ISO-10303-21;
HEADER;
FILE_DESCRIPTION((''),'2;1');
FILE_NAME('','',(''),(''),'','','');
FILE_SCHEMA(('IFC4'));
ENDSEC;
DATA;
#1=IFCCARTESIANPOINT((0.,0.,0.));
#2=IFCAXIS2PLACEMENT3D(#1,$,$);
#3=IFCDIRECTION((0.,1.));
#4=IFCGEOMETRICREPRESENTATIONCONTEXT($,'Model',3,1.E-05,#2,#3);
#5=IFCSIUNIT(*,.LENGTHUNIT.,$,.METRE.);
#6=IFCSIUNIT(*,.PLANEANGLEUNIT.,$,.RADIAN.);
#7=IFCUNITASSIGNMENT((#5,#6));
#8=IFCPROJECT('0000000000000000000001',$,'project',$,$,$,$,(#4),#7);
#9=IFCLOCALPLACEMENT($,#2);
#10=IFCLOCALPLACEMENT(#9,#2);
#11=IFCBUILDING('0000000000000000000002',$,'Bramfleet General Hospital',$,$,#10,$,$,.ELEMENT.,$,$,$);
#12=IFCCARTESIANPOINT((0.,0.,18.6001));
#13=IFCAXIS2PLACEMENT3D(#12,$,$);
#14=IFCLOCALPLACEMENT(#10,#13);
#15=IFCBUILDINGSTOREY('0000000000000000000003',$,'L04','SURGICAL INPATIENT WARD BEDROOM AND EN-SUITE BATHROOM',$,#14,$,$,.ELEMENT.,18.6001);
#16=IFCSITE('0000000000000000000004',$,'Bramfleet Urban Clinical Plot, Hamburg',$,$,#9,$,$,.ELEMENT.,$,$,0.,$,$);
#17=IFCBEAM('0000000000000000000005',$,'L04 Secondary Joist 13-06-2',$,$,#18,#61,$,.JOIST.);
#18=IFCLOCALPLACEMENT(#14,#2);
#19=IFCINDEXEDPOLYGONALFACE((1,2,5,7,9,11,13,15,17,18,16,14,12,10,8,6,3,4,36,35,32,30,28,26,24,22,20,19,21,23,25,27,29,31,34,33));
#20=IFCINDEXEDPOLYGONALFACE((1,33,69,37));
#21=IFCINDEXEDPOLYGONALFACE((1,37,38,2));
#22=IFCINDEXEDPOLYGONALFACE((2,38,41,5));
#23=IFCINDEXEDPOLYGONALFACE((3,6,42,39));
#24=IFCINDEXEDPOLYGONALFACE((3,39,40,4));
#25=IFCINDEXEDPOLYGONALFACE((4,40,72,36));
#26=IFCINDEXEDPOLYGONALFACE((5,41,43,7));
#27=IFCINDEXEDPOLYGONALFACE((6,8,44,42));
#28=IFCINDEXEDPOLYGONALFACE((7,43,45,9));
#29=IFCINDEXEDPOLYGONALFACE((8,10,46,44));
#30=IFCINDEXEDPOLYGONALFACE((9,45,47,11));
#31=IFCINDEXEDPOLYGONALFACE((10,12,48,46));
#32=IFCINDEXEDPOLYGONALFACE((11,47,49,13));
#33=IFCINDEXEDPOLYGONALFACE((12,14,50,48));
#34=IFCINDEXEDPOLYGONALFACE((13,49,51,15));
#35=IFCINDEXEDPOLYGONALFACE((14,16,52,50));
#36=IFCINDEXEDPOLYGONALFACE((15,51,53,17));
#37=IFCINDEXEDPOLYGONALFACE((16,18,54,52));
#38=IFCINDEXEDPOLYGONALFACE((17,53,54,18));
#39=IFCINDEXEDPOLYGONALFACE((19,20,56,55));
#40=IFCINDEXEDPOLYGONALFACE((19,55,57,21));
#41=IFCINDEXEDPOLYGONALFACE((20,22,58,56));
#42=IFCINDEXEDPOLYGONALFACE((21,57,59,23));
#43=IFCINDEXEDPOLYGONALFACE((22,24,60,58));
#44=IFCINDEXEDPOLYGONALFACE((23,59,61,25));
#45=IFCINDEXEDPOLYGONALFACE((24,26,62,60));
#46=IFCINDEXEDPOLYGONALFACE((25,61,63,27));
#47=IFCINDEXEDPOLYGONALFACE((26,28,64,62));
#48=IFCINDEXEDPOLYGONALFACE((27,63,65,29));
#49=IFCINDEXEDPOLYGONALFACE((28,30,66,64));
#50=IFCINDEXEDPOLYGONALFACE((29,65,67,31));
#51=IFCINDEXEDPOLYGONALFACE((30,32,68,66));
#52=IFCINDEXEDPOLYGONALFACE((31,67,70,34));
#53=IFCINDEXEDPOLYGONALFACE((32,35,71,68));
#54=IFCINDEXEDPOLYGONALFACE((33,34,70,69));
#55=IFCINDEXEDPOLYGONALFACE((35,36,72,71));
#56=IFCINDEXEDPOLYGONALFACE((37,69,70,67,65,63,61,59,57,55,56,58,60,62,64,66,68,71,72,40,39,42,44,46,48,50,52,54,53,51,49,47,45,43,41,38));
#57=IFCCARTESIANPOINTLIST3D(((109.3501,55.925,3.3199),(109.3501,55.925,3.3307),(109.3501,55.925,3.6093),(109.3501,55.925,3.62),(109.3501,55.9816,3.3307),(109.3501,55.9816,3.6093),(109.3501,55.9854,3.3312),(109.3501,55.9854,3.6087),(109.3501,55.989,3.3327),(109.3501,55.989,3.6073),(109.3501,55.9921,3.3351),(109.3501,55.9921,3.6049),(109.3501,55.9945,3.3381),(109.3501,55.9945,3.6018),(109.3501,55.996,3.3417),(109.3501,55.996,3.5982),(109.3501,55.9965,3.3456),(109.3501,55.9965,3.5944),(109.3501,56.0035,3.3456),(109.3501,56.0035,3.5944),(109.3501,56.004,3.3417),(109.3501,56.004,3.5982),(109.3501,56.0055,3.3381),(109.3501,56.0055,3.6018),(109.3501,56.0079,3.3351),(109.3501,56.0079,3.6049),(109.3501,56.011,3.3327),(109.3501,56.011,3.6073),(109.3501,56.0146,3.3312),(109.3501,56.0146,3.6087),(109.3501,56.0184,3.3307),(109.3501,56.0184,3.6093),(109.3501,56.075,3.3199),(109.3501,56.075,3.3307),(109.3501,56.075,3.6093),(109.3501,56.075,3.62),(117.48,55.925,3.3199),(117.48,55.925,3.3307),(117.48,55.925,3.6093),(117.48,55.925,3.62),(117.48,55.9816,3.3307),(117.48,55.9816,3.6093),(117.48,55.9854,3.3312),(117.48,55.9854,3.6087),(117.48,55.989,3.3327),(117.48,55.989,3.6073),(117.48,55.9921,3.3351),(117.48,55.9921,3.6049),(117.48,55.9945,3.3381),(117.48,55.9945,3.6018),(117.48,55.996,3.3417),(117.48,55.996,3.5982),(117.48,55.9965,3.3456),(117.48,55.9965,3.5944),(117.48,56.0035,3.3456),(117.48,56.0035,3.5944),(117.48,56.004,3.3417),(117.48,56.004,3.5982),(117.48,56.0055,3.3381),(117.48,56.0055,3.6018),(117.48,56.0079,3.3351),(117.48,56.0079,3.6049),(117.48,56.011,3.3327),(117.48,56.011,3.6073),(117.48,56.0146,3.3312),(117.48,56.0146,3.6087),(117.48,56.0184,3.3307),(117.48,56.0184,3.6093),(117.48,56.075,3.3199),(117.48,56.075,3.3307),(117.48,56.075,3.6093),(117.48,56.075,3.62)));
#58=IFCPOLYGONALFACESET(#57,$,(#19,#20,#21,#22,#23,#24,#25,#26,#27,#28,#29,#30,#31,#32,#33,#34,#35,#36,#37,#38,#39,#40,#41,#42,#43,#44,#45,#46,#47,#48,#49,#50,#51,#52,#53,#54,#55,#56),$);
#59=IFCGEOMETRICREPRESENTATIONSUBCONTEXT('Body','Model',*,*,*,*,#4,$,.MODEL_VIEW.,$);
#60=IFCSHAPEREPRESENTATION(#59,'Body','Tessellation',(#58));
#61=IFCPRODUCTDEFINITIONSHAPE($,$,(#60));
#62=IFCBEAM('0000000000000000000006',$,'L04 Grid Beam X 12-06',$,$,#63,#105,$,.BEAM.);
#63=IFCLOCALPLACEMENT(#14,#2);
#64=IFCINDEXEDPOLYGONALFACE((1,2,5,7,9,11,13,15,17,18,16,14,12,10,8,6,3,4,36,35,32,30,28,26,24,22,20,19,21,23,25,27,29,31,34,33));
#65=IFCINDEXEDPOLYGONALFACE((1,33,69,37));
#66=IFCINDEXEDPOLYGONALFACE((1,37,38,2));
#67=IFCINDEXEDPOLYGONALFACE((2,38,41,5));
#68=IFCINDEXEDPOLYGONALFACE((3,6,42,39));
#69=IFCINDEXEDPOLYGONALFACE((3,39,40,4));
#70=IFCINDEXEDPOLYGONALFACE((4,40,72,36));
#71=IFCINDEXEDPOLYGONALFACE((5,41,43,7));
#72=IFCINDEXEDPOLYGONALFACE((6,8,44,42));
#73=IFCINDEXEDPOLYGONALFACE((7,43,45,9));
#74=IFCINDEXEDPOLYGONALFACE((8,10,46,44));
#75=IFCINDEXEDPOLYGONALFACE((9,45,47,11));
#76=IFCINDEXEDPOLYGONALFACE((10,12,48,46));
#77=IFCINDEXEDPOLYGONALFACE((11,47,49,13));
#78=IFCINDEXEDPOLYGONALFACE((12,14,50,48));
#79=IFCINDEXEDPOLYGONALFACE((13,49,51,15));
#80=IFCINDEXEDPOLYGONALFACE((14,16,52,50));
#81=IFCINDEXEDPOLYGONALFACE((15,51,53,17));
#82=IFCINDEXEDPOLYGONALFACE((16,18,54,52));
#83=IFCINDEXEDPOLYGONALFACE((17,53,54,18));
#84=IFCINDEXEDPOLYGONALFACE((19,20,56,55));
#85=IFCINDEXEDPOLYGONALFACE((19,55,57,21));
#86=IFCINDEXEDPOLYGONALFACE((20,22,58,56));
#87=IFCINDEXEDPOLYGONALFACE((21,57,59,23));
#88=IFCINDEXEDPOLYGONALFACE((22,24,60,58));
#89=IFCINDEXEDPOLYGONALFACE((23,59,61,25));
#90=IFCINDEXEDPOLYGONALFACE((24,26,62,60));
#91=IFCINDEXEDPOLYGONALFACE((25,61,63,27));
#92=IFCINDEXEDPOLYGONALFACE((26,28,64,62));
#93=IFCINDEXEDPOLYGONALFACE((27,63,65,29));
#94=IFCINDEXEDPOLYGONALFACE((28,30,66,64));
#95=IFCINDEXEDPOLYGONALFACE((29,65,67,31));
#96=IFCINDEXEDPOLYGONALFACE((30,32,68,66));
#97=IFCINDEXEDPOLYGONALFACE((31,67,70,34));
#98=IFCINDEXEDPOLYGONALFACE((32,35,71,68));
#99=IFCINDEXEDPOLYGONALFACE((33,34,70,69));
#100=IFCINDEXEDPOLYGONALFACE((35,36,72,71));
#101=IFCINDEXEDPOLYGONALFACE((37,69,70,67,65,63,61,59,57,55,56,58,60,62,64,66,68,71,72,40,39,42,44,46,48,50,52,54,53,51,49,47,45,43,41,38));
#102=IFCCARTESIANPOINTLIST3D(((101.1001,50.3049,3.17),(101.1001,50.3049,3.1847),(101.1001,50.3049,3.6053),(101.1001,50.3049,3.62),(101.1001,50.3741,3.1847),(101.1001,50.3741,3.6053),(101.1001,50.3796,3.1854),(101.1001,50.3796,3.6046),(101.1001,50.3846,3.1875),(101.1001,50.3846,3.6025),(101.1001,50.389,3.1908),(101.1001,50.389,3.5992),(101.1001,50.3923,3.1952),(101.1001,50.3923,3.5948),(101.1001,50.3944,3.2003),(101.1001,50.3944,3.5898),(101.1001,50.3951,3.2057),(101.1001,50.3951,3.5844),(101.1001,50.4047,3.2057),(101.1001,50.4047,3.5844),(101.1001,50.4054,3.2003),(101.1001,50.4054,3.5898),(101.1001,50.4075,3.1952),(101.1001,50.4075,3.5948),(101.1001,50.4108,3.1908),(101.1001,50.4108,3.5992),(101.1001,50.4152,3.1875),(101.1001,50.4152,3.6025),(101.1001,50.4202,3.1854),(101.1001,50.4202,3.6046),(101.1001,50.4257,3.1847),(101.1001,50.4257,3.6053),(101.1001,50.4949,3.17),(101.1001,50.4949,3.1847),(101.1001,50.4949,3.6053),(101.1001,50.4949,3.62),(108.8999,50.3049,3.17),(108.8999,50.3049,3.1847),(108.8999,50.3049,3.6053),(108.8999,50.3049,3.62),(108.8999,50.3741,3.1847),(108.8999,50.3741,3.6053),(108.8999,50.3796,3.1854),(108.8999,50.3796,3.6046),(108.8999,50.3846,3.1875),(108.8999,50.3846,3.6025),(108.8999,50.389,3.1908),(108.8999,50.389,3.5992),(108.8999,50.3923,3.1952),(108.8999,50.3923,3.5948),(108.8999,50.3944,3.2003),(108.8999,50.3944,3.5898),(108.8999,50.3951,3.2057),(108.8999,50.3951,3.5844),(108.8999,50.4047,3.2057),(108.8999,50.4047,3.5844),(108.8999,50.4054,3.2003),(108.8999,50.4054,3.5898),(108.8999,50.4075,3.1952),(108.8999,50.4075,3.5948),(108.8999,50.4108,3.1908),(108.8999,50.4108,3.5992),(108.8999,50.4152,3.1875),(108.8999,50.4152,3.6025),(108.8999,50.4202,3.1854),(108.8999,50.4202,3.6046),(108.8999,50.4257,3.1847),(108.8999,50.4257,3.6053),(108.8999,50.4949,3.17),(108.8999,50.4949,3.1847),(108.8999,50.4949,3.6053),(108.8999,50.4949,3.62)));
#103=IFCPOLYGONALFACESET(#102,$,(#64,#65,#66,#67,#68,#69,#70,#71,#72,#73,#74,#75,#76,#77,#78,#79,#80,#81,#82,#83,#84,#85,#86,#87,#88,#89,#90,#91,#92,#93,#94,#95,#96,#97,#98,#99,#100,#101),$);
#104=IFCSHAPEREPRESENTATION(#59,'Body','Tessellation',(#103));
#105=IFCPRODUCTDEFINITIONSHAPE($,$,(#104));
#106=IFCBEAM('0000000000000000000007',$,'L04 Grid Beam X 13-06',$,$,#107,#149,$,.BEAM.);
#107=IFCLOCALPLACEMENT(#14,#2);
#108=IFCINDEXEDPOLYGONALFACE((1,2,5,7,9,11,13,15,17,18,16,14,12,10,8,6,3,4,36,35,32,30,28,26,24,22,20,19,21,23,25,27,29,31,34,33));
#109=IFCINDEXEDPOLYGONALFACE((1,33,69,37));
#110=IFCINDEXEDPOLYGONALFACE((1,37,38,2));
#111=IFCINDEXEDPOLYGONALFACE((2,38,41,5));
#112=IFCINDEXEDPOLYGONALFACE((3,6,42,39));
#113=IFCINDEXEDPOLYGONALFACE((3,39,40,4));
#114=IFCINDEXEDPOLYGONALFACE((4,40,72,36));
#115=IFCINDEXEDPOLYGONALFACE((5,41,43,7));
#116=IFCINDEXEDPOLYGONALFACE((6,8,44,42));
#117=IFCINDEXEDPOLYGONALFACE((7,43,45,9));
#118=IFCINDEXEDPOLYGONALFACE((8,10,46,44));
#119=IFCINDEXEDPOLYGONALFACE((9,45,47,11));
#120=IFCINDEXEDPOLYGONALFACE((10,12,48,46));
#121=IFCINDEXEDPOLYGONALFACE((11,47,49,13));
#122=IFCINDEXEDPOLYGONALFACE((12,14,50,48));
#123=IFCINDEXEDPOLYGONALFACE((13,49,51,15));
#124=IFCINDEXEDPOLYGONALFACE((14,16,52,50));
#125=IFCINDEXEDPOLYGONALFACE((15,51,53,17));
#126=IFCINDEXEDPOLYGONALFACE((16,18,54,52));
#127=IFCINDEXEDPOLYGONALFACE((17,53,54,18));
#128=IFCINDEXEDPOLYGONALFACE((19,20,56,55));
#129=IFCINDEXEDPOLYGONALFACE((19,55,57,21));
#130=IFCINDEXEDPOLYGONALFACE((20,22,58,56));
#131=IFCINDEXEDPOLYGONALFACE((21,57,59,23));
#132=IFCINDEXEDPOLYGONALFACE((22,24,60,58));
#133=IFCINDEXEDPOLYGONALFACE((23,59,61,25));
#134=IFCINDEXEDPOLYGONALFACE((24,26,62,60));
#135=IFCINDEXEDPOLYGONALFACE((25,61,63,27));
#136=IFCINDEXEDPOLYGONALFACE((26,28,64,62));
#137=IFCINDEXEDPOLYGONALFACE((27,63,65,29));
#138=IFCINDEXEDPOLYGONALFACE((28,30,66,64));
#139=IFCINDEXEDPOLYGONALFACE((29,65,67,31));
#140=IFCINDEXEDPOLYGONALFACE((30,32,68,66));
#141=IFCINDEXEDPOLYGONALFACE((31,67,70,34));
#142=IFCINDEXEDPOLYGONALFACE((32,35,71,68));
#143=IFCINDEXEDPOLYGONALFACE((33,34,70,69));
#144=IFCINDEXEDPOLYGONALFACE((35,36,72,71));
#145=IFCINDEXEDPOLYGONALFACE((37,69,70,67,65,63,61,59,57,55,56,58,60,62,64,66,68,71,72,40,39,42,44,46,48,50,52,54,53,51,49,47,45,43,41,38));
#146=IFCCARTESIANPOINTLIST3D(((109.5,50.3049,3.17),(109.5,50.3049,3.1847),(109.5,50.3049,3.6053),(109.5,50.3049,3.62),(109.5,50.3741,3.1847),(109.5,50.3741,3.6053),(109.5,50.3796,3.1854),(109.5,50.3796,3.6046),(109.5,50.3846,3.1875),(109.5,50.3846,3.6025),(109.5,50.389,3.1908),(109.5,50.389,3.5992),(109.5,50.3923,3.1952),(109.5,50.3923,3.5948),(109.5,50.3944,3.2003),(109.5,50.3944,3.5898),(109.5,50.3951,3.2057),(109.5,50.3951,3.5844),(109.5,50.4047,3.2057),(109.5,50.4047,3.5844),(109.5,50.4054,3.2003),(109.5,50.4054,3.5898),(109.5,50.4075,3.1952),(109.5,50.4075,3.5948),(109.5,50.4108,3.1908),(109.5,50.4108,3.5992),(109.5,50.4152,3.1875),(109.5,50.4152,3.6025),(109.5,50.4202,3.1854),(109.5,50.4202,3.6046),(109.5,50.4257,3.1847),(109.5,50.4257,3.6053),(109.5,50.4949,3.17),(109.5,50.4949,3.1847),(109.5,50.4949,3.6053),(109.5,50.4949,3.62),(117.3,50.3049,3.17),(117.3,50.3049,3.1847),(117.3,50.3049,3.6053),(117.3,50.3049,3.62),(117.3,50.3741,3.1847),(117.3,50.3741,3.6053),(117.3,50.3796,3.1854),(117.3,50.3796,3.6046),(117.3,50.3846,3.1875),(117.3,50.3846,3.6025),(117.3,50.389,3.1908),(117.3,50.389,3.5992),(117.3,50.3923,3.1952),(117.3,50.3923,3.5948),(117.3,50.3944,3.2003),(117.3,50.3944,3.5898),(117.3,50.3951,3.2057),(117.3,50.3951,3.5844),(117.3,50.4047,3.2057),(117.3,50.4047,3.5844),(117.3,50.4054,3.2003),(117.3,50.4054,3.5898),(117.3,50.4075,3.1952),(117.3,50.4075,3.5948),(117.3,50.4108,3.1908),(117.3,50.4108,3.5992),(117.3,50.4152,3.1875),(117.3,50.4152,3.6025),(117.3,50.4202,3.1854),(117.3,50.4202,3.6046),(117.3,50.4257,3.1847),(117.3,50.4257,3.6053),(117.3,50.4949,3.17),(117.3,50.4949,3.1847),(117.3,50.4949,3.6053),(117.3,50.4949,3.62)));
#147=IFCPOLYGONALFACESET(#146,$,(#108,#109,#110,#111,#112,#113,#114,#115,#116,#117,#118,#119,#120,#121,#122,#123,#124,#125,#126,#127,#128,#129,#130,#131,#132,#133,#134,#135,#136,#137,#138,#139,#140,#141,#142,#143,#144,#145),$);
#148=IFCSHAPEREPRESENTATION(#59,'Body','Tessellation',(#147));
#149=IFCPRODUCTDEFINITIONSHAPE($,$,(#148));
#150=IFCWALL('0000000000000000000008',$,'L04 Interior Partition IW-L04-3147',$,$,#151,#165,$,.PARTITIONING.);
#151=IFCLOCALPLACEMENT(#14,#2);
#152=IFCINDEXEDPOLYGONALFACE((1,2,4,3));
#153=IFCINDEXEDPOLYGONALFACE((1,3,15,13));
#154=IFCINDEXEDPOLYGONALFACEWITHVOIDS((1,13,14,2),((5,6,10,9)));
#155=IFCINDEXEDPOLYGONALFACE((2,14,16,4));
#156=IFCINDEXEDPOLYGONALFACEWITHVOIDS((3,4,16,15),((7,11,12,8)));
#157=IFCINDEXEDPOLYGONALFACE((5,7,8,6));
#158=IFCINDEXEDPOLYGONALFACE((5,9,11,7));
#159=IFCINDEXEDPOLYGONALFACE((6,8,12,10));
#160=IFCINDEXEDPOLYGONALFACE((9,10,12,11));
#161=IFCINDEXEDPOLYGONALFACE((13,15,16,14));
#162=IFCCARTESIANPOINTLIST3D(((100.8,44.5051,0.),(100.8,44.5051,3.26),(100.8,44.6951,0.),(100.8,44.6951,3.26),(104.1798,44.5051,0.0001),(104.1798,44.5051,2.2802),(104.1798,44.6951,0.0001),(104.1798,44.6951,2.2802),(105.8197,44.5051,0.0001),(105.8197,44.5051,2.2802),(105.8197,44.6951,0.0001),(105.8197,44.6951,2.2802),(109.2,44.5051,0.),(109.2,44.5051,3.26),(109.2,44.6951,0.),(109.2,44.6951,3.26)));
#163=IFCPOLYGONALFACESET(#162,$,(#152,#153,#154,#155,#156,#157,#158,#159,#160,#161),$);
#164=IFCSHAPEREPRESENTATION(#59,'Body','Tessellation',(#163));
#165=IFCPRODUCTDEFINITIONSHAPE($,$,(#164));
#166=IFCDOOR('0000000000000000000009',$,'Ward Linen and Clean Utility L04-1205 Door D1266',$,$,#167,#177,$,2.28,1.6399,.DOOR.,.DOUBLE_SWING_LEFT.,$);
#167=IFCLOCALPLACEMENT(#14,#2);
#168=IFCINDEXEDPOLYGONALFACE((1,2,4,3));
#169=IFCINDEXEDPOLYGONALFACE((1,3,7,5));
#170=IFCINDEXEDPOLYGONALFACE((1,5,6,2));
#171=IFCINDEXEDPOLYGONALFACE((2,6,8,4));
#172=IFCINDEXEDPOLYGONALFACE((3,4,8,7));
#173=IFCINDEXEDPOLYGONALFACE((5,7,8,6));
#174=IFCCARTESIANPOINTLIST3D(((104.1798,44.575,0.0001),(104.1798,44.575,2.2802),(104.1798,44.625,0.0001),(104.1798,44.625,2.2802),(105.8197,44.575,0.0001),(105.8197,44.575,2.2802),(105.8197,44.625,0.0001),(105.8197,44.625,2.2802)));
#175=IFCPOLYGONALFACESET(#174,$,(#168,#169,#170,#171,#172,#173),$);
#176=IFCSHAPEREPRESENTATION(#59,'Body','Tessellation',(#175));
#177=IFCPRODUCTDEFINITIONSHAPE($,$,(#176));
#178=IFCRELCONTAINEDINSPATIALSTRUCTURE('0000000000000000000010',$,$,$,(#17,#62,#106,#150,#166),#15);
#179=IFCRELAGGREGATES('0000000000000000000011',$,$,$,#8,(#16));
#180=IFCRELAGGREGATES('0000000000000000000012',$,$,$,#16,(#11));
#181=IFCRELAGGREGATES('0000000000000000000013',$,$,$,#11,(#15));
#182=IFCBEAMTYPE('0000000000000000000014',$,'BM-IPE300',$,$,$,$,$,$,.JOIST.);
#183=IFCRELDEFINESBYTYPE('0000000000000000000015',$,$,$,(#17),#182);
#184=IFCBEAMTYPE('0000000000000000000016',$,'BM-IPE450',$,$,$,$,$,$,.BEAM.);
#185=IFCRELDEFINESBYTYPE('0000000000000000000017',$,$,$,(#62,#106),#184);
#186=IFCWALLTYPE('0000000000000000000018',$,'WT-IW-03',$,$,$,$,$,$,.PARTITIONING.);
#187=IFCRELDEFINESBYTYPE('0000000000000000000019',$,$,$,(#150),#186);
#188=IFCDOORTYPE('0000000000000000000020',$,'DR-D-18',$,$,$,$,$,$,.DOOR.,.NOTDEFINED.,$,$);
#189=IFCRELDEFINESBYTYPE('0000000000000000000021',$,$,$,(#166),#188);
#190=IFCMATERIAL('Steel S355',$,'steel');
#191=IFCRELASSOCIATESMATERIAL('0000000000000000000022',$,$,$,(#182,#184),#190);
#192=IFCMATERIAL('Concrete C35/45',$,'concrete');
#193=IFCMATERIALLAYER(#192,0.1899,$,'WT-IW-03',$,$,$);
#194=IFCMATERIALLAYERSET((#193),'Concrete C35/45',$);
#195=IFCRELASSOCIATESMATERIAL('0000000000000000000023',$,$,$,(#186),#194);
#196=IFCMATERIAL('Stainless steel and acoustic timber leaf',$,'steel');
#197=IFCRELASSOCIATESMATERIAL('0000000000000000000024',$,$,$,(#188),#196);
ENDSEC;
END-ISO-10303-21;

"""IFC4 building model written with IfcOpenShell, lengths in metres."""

from ifc_helpers import new_model, si_unit, direction, frame, frame_2d, origin, origin_2d, place, context, subcontext, project, spatial, rectangle, i_section, extrude, material, layer, layer_set, material_profile, profile_set, type_object, element, fill, save


model = new_model("IFC4")

# Units and contexts
model_context = context("Model", 3, precision=1e-05, world=origin(), true_north=direction((0.0, 1.0)))
body_context = subcontext(model_context, "Body", "Model", "MODEL_VIEW")
ifc_project = project(units=[si_unit("LENGTHUNIT", "METRE"), si_unit("PLANEANGLEUNIT", "RADIAN")], contexts=[model_context])

# Site, building, storey
site_placement = place(None, origin())
site = spatial("IfcSite", under=ifc_project, at=site_placement, Name="Bramfleet Urban Clinical Plot, Hamburg", CompositionType="ELEMENT", RefElevation=0.0)
building_placement = place(site_placement, origin())
building = spatial("IfcBuilding", under=site, at=building_placement, Name="Bramfleet General Hospital", CompositionType="ELEMENT")
storey_placement = place(building_placement, frame((0.0, 0.0, 18.6001)))
storey = spatial("IfcBuildingStorey", under=building, at=storey_placement, Name="L04", Description="SURGICAL INPATIENT WARD BEDROOM AND EN-SUITE BATHROOM", CompositionType="ELEMENT", Elevation=18.6001)

# Beams
ifc_material_1 = material(Name="Steel S355", Category="steel")
ifc_material_profile_1 = material_profile(ifc_material_1, i_section(OverallWidth=0.1499, OverallDepth=0.3, WebThickness=0.0071, FlangeThickness=0.0107, FilletRadius=0.0149, at=origin_2d()), Name="IPE 300")
ifc_profile_set_1 = profile_set([ifc_material_profile_1], Name="Steel S355")
beam_type_1 = type_object("IfcBeamType", Name="BM-IPE300", PredefinedType="JOIST", material=ifc_profile_set_1)
for number, where, z_axis, x_axis, name in (
    (1, (109.3501, 56.0, 3.47), (1.0, 0.0, 0.0), (0.0, 1.0, 0.0), "L04 Secondary Joist 13-06-2"),
):
    element("IfcBeam", number, at=place(storey_placement, frame(where, z_axis=z_axis, x_axis=x_axis)), inside=storey, type_object=beam_type_1, Name=name, PredefinedType="JOIST", context=body_context, shape_type="SweptSolid", body=[
        extrude(i_section(OverallWidth=0.1499, OverallDepth=0.3, WebThickness=0.0071, FlangeThickness=0.0107, FilletRadius=0.0149, at=origin_2d()), origin(), (0.0, 0.0, 1.0), 8.1299),
    ])
ifc_material_profile_2 = material_profile(ifc_material_1, i_section(OverallWidth=0.1899, OverallDepth=0.45, WebThickness=0.0095, FlangeThickness=0.0146, FilletRadius=0.021, at=origin_2d()), Name="IPE 450")
ifc_profile_set_2 = profile_set([ifc_material_profile_2], Name="Steel S355")
beam_type_2 = type_object("IfcBeamType", Name="BM-IPE450", PredefinedType="BEAM", material=ifc_profile_set_2)
beam_1_placement = place(storey_placement, frame((101.1001, 50.3999, 3.395), z_axis=(1.0, 0.0, 0.0), x_axis=(0.0, 1.0, 0.0)))
element("IfcBeam", 2, at=beam_1_placement, inside=storey, type_object=beam_type_2, Name="L04 Grid Beam X 12-06", PredefinedType="BEAM", context=body_context, shape_type="SweptSolid", body=[
    extrude(i_section(OverallWidth=0.1899, OverallDepth=0.45, WebThickness=0.0095, FlangeThickness=0.0146, FilletRadius=0.021, at=origin_2d()), origin(), (0.0, 0.0, 1.0), 7.7998),
])
beam_2_placement = place(storey_placement, frame((109.5, 50.3999, 3.395), z_axis=(1.0, 0.0, 0.0), x_axis=(0.0, 1.0, 0.0)))
element("IfcBeam", 3, at=beam_2_placement, inside=storey, type_object=beam_type_2, Name="L04 Grid Beam X 13-06", PredefinedType="BEAM", context=body_context, shape_type="SweptSolid", body=[
    extrude(i_section(OverallWidth=0.1899, OverallDepth=0.45, WebThickness=0.0095, FlangeThickness=0.0146, FilletRadius=0.021, at=origin_2d()), origin(), (0.0, 0.0, 1.0), 7.8),
])

# Wall, opening, door
ifc_material_2 = material(Name="Concrete C35/45", Category="concrete")
ifc_layer_1 = layer(ifc_material_2, 0.1899, Name="WT-IW-03")
ifc_layer_set_1 = layer_set([ifc_layer_1], Name="Concrete C35/45")
wall_type_1 = type_object("IfcWallType", Name="WT-IW-03", PredefinedType="PARTITIONING", material=ifc_layer_set_1)
wall_1_placement = place(storey_placement, frame((100.8, 44.6001, 0.0), z_axis=(0.0, 0.0, 1.0), x_axis=(1.0, 0.0, 0.0)))
wall_1 = element("IfcWall", 4, at=wall_1_placement, inside=storey, type_object=wall_type_1, Name="L04 Interior Partition IW-L04-3147", PredefinedType="PARTITIONING", context=body_context, shape_type="SweptSolid", body=[
    extrude(rectangle(XDim=8.3999, YDim=0.1899, at=frame_2d((4.2, 0.0))), origin(), (0.0, 0.0, 1.0), 3.26),
])
opening_1_placement = place(wall_1_placement, frame((3.3799, 0.0, 0.0)))
opening_1 = element("IfcOpeningElement", 5, at=opening_1_placement, cuts=wall_1, PredefinedType="OPENING", context=body_context, shape_type="SweptSolid", body=[
    extrude(rectangle(XDim=1.6399, YDim=2.28, at=frame_2d((0.8198, 1.1401))), frame((0.0, 0.105, 0.0), z_axis=(0.0, -1.0, 0.0), x_axis=(1.0, 0.0, 0.0)), (0.0, 0.0, 1.0), 0.21),
])
ifc_material_3 = material(Name="Stainless steel and acoustic timber leaf", Category="steel")
door_type_1 = type_object("IfcDoorType", Name="DR-D-18", OperationType="NOTDEFINED", PredefinedType="DOOR", material=ifc_material_3)
door_1_placement = place(opening_1_placement, origin())
door_1 = element("IfcDoor", 6, at=door_1_placement, inside=storey, type_object=door_type_1, Name="Ward Linen and Clean Utility L04-1205 Door D1266", OperationType="DOUBLE_SWING_LEFT", OverallHeight=2.28, OverallWidth=1.6399, PredefinedType="DOOR", context=body_context, shape_type="SweptSolid", body=[
    extrude(rectangle(XDim=1.6399, YDim=2.28, at=frame_2d((0.8198, 1.1401))), frame((0.0, 0.0249, 0.0), z_axis=(0.0, -1.0, 0.0), x_axis=(1.0, 0.0, 0.0)), (0.0, 0.0, 1.0), 0.05),
])
fill(opening_1, door_1)

save(model, "model.ifc")
